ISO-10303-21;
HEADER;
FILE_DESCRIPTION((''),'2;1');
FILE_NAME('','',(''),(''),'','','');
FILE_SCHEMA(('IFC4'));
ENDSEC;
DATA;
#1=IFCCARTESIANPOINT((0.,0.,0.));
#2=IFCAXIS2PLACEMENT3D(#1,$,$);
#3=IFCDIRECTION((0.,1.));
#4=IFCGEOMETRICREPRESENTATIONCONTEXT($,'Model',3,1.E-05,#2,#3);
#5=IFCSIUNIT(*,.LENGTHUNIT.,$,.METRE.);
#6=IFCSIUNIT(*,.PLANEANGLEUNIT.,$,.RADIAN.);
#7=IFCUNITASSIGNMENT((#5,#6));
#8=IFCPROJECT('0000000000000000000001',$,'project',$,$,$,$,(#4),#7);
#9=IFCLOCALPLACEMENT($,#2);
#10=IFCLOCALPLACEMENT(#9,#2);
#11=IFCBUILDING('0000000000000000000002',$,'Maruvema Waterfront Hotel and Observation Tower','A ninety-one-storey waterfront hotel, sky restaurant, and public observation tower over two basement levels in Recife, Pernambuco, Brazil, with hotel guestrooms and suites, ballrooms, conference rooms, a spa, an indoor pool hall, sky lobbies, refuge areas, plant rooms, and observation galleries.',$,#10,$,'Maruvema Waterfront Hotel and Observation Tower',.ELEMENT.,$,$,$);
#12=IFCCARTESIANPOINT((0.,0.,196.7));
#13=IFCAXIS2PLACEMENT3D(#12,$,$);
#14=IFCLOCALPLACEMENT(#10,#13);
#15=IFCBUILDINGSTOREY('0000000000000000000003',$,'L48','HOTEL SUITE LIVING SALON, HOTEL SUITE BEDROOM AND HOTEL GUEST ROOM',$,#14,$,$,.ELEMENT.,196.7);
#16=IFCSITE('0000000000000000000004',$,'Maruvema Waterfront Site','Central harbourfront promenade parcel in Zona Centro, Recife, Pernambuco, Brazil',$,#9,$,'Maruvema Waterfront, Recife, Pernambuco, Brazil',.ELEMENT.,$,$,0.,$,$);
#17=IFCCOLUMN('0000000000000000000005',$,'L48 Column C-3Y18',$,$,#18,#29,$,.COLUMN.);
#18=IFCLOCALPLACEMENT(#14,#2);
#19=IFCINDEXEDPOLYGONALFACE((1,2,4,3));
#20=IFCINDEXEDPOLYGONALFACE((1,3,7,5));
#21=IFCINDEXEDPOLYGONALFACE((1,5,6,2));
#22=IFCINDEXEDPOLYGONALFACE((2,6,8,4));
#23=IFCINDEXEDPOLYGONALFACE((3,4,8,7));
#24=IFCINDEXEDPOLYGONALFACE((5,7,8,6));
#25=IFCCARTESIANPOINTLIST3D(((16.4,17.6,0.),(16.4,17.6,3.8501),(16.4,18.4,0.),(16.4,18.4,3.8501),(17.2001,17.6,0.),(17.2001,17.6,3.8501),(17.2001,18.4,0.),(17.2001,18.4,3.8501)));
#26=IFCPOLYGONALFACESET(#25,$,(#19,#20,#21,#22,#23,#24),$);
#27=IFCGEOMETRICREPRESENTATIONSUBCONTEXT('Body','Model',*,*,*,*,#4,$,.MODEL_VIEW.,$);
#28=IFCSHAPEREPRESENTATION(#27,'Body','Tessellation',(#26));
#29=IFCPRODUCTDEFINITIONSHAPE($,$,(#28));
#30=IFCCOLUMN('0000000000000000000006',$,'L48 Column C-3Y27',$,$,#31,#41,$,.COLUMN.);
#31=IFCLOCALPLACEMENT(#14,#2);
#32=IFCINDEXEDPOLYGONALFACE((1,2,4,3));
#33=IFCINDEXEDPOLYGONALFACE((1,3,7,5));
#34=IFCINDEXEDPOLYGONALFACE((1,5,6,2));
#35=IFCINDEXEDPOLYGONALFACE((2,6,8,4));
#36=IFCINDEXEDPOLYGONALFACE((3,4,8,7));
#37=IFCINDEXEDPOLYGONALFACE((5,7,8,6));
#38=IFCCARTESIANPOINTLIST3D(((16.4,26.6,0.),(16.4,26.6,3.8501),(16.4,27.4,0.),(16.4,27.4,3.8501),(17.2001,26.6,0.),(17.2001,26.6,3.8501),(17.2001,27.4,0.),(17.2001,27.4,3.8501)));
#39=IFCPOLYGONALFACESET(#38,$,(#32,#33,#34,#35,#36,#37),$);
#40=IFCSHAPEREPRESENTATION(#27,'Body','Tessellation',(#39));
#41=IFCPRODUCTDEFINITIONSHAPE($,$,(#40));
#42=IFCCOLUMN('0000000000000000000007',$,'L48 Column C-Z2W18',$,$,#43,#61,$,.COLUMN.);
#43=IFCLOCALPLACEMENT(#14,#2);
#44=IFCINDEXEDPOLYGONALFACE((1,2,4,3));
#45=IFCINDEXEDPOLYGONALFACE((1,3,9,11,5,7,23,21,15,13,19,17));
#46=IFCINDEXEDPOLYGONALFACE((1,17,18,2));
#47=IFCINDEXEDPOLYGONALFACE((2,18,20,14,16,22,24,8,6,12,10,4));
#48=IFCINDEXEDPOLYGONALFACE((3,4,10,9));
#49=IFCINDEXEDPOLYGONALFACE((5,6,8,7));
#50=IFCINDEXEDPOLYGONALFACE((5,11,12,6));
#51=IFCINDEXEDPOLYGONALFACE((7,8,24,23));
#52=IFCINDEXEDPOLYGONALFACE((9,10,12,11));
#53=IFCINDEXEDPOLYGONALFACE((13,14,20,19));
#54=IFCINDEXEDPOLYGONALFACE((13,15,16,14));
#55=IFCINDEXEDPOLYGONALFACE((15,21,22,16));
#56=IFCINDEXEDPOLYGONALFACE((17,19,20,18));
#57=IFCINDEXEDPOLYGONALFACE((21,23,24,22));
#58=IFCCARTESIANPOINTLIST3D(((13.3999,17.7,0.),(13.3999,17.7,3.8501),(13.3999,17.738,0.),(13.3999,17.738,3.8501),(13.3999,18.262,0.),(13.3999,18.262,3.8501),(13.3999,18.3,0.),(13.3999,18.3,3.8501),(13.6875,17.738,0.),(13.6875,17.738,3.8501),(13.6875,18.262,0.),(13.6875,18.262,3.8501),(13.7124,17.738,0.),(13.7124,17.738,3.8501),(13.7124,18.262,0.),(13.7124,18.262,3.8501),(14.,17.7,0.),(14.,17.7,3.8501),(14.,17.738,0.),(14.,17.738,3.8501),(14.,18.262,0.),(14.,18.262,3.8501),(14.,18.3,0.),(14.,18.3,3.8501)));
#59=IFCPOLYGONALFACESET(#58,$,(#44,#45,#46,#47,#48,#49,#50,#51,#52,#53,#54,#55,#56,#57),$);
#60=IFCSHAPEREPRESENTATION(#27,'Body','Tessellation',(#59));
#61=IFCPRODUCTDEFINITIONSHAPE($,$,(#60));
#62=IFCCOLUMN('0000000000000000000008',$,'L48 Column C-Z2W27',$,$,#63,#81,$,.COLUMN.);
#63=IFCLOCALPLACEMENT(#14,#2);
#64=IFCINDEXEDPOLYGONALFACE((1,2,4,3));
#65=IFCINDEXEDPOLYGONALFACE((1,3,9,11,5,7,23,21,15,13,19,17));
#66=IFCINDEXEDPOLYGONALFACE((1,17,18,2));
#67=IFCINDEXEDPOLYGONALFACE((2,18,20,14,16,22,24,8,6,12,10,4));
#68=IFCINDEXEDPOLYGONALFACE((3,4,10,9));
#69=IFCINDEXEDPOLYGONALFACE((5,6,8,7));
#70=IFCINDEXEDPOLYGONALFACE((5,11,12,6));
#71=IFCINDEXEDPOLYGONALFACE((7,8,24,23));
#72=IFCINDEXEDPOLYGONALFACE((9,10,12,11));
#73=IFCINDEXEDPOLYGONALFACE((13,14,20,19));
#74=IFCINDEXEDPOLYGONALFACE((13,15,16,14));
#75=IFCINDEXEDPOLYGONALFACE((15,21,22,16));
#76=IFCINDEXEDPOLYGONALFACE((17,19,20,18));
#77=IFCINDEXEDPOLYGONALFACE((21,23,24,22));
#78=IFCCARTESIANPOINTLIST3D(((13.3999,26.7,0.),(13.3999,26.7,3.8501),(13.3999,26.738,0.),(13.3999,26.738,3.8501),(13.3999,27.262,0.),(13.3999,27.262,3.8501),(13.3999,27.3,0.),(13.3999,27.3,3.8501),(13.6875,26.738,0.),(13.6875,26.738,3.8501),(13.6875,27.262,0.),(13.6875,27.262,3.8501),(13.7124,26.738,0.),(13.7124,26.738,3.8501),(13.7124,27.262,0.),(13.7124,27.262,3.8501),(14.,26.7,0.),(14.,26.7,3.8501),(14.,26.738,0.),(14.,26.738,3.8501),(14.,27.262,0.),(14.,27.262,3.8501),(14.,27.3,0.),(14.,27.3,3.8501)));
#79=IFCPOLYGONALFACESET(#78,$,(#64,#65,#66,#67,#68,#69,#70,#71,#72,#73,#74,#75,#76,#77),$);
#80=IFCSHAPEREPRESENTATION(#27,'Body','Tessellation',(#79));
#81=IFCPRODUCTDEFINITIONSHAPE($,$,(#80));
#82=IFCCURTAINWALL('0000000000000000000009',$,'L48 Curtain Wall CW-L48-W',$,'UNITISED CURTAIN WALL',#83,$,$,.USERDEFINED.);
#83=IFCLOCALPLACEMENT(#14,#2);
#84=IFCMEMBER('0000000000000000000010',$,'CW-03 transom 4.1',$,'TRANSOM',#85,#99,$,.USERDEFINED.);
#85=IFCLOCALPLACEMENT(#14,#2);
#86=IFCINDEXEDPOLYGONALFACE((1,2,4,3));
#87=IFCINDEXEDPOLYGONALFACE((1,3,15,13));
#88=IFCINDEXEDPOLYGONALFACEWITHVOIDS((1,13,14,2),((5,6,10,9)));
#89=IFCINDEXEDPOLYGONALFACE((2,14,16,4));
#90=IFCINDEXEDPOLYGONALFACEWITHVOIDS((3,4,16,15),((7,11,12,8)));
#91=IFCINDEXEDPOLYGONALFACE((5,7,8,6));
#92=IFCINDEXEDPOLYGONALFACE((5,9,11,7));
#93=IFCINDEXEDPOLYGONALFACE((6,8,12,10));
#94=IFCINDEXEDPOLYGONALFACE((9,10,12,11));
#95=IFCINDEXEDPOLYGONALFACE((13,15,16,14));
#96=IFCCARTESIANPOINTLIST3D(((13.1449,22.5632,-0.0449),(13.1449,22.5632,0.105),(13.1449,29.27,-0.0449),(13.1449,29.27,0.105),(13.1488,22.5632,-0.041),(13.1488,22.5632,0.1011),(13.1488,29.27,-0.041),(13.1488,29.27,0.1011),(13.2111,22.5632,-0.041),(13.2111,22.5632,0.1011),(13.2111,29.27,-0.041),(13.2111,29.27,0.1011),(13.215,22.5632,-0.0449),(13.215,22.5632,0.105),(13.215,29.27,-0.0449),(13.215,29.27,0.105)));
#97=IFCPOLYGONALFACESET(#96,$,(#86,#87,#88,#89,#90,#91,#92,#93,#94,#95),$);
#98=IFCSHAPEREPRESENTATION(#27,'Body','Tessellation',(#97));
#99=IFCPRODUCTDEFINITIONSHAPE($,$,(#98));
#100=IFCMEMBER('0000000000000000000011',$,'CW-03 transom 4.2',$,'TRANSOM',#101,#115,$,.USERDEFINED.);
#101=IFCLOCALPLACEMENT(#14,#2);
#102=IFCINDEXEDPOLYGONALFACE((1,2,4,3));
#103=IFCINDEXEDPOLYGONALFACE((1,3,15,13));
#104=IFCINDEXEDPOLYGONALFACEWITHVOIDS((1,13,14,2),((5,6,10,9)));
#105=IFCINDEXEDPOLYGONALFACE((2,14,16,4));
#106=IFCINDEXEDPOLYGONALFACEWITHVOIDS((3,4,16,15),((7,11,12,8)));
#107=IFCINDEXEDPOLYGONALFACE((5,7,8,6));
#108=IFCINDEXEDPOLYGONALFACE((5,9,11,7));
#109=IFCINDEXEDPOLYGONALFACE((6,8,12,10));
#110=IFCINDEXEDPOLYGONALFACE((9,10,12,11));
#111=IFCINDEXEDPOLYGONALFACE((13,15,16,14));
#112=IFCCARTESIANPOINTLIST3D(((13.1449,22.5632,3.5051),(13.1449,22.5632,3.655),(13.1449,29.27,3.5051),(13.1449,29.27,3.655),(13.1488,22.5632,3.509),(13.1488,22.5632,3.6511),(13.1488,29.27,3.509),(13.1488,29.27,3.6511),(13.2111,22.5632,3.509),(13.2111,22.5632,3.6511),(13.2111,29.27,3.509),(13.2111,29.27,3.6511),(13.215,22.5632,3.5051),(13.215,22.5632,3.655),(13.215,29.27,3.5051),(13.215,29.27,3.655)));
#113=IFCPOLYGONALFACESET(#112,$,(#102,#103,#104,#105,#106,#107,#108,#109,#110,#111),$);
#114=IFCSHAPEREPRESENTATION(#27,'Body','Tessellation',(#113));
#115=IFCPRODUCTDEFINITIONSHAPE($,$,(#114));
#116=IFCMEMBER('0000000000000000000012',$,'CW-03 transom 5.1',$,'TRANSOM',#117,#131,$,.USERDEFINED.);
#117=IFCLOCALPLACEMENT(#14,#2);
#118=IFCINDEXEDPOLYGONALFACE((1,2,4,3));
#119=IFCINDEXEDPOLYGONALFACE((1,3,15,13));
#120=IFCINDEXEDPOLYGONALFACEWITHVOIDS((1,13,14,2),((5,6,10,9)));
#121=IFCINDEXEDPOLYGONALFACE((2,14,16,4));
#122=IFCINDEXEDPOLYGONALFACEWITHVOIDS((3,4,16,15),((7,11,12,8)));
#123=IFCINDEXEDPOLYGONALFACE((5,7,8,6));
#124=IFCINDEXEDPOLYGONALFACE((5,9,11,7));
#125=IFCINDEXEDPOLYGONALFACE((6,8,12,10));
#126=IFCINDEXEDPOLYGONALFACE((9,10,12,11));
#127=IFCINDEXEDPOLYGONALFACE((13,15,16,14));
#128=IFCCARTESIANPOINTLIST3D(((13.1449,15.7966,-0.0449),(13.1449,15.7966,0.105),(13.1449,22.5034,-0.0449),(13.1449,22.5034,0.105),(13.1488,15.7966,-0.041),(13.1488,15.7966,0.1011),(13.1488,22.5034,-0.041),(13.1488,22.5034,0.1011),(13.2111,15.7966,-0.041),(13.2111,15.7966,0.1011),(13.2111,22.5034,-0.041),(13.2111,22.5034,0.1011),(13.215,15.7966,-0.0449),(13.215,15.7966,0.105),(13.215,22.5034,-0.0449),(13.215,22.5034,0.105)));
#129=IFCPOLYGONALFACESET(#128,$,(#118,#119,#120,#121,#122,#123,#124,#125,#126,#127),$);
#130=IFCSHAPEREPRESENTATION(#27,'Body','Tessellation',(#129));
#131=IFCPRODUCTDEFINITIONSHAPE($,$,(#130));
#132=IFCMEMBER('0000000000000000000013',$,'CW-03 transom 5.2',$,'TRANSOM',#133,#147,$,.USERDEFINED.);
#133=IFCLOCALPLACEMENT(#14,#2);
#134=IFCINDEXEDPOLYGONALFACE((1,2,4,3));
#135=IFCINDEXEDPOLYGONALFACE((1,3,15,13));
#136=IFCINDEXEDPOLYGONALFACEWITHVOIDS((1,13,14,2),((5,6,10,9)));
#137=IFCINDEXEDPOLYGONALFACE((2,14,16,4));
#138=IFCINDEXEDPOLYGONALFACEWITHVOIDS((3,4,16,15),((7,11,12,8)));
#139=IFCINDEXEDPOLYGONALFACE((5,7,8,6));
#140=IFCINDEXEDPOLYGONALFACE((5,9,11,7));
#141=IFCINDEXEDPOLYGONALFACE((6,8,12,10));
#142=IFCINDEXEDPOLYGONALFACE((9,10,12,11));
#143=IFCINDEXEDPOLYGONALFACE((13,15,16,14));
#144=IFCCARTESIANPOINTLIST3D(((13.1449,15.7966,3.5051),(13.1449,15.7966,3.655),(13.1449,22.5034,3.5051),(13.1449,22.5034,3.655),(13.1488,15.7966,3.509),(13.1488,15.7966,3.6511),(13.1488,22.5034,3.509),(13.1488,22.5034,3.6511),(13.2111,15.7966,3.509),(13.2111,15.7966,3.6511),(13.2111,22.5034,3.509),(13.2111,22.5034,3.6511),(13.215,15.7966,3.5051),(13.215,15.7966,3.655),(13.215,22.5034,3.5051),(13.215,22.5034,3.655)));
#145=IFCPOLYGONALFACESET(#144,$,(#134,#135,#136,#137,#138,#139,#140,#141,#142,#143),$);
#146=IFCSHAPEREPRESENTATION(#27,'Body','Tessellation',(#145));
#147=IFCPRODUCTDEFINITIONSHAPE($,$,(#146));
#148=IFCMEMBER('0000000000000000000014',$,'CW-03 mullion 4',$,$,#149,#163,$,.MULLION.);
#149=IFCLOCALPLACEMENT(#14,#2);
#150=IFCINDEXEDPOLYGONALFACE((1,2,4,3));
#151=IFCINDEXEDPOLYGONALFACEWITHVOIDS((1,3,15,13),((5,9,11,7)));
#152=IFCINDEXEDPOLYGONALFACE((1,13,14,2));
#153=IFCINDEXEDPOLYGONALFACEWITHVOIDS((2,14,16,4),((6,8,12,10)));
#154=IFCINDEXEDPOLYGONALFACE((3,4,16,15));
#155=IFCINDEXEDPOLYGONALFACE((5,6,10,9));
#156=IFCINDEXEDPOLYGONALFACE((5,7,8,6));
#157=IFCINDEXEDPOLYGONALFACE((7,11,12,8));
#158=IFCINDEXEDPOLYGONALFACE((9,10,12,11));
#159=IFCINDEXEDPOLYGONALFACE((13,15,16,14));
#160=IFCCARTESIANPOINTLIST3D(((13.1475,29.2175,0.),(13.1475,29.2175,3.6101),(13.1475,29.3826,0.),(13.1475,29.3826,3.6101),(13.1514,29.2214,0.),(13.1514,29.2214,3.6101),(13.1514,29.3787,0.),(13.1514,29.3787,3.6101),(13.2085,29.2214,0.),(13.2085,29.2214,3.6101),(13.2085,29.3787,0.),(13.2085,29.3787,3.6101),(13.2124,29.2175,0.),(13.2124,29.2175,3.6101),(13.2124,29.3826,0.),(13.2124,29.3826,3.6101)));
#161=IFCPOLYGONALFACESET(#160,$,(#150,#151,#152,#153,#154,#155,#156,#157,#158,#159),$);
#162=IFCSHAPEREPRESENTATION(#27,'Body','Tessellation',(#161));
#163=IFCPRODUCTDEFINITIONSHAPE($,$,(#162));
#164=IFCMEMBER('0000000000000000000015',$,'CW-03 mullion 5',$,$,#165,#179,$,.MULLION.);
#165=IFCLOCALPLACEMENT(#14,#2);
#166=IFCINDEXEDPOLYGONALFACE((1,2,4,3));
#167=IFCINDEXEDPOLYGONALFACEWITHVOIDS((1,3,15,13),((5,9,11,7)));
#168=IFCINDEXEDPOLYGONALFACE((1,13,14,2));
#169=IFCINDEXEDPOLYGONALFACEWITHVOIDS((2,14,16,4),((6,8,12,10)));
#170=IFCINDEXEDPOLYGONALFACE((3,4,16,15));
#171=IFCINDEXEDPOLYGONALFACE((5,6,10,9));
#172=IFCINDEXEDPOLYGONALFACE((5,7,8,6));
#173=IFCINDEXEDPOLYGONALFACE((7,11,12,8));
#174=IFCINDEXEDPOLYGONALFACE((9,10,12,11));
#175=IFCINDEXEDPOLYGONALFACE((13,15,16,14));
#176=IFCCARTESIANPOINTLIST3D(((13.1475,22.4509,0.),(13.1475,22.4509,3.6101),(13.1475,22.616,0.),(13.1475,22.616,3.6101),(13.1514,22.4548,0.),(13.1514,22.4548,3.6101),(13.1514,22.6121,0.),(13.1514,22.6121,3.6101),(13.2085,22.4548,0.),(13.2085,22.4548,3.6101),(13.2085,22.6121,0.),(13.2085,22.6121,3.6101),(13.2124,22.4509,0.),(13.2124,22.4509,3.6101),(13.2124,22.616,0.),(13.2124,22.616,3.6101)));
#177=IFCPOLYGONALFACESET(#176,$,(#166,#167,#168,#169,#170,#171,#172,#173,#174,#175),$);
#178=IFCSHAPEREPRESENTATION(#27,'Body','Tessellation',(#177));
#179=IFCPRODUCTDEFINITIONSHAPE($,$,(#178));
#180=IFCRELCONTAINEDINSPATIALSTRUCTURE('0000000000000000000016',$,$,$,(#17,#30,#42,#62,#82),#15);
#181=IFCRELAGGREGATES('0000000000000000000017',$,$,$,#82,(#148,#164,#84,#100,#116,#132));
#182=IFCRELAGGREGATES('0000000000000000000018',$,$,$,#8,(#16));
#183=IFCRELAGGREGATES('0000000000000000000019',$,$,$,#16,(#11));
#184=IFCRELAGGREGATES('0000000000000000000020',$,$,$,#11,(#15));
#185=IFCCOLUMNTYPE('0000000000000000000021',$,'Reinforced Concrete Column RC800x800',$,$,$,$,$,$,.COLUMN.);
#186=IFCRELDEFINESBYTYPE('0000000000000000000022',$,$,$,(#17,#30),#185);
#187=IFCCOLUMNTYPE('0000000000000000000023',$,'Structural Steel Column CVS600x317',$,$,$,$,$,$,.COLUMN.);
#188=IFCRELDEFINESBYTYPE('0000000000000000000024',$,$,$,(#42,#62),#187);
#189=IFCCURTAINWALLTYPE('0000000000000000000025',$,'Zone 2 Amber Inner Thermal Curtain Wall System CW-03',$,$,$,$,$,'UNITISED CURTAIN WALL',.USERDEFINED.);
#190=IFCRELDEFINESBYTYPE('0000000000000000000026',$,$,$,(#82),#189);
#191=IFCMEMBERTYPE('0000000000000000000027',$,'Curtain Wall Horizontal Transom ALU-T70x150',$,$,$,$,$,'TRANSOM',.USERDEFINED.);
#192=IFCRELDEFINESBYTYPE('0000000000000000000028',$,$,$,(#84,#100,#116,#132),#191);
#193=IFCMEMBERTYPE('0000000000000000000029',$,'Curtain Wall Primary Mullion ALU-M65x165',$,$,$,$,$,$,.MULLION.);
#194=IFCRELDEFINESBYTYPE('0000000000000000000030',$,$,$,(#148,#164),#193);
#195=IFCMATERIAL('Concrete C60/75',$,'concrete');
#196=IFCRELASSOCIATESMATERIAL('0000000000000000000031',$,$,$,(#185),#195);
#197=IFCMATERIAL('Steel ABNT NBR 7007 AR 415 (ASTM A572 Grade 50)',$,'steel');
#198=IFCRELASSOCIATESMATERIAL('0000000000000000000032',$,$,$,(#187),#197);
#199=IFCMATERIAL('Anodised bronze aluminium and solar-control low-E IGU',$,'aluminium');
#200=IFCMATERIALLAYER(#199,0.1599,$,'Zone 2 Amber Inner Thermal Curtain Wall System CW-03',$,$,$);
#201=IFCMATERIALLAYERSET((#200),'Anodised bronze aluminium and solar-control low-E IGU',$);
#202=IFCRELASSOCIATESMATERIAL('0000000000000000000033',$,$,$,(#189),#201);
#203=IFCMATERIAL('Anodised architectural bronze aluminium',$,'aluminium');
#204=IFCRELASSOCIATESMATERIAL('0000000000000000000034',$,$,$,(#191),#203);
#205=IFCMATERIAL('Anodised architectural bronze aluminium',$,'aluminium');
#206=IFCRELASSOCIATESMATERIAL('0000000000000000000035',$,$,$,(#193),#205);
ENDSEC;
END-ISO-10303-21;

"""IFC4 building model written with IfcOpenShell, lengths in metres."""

from ifc_helpers import new_model, si_unit, direction, frame, origin, origin_2d, place, context, subcontext, project, spatial, rectangle, hollow_rectangle, i_section, extrude, material, layer, layer_set, material_profile, profile_set, type_object, element, aggregate, save


model = new_model("IFC4")

# Units and contexts
model_context = context("Model", 3, precision=1e-05, world=origin(), true_north=direction((0.0, 1.0)))
body_context = subcontext(model_context, "Body", "Model", "MODEL_VIEW")
ifc_project = project(units=[si_unit("LENGTHUNIT", "METRE"), si_unit("PLANEANGLEUNIT", "RADIAN")], contexts=[model_context])

# Site, building, storey
site_placement = place(None, origin())
site = spatial("IfcSite", under=ifc_project, at=site_placement, Name="Maruvema Waterfront Site", Description="Central harbourfront promenade parcel in Zona Centro, Recife, Pernambuco, Brazil", LongName="Maruvema Waterfront, Recife, Pernambuco, Brazil", CompositionType="ELEMENT", RefElevation=0.0)
building_placement = place(site_placement, origin())
building = spatial("IfcBuilding", under=site, at=building_placement, Name="Maruvema Waterfront Hotel and Observation Tower", Description="A ninety-one-storey waterfront hotel, sky restaurant, and public observation tower over two basement levels in Recife, Pernambuco, Brazil, with hotel guestrooms and suites, ballrooms, conference rooms, a spa, an indoor pool hall, sky lobbies, refuge areas, plant rooms, and observation galleries.", LongName="Maruvema Waterfront Hotel and Observation Tower", CompositionType="ELEMENT")
storey_placement = place(building_placement, frame((0.0, 0.0, 196.7)))
storey = spatial("IfcBuildingStorey", under=building, at=storey_placement, Name="L48", Description="HOTEL SUITE LIVING SALON, HOTEL SUITE BEDROOM AND HOTEL GUEST ROOM", CompositionType="ELEMENT", Elevation=196.7)

# Columns
ifc_material_1 = material(Name="Concrete C60/75", Category="concrete")
ifc_material_profile_1 = material_profile(ifc_material_1, rectangle(XDim=0.8, YDim=0.8, at=origin_2d()), Name="RC800x800")
ifc_profile_set_1 = profile_set([ifc_material_profile_1], Name="Concrete C60/75")
column_type_1 = type_object("IfcColumnType", Name="Reinforced Concrete Column RC800x800", PredefinedType="COLUMN", material=ifc_profile_set_1)
for number, where, z_axis, x_axis, name in (
    (1, (16.8, 18.0, 0.0), (0.0, 0.0, 1.0), (1.0, 0.0, 0.0), "L48 Column C-3Y18"),
    (2, (16.8, 27.0, 0.0), (0.0, 0.0, 1.0), (1.0, 0.0, 0.0), "L48 Column C-3Y27"),
):
    element("IfcColumn", number, at=place(storey_placement, frame(where, z_axis=z_axis, x_axis=x_axis)), inside=storey, type_object=column_type_1, Name=name, PredefinedType="COLUMN", context=body_context, shape_type="SweptSolid", body=[
        extrude(rectangle(XDim=0.8, YDim=0.8, at=origin_2d()), origin(), (0.0, 0.0, 1.0), 3.8501),
    ])
ifc_material_2 = material(Name="Steel ABNT NBR 7007 AR 415 (ASTM A572 Grade 50)", Category="steel")
ifc_material_profile_2 = material_profile(ifc_material_2, i_section(OverallWidth=0.6001, OverallDepth=0.6001, WebThickness=0.0249, FlangeThickness=0.0381, at=origin_2d()), Name="CVS600x317")
ifc_profile_set_2 = profile_set([ifc_material_profile_2], Name="Steel ABNT NBR 7007 AR 415 (ASTM A572 Grade 50)")
column_type_2 = type_object("IfcColumnType", Name="Structural Steel Column CVS600x317", PredefinedType="COLUMN", material=ifc_profile_set_2)
for number, where, z_axis, x_axis, name in (
    (3, (13.7, 18.0, 0.0), (0.0, 0.0, 1.0), (1.0, 0.0, 0.0), "L48 Column C-Z2W18"),
    (4, (13.7, 27.0, 0.0), (0.0, 0.0, 1.0), (1.0, 0.0, 0.0), "L48 Column C-Z2W27"),
):
    element("IfcColumn", number, at=place(storey_placement, frame(where, z_axis=z_axis, x_axis=x_axis)), inside=storey, type_object=column_type_2, Name=name, PredefinedType="COLUMN", context=body_context, shape_type="SweptSolid", body=[
        extrude(i_section(OverallWidth=0.6001, OverallDepth=0.6001, WebThickness=0.0249, FlangeThickness=0.0381, at=origin_2d()), origin(), (0.0, 0.0, 1.0), 3.8501),
    ])

# Curtain wall, members
ifc_material_3 = material(Name="Anodised bronze aluminium and solar-control low-E IGU", Category="aluminium")
ifc_layer_1 = layer(ifc_material_3, 0.1599, Name="Zone 2 Amber Inner Thermal Curtain Wall System CW-03")
ifc_layer_set_1 = layer_set([ifc_layer_1], Name="Anodised bronze aluminium and solar-control low-E IGU")
curtain_wall_type = type_object("IfcCurtainWallType", Name="Zone 2 Amber Inner Thermal Curtain Wall System CW-03", ElementType="UNITISED CURTAIN WALL", PredefinedType="USERDEFINED", material=ifc_layer_set_1)
curtain_wall_placement = place(storey_placement, origin())
curtain_wall = element("IfcCurtainWall", 5, at=curtain_wall_placement, inside=storey, type_object=curtain_wall_type, Name="L48 Curtain Wall CW-L48-W", ObjectType="UNITISED CURTAIN WALL", PredefinedType="USERDEFINED")
ifc_material_4 = material(Name="Anodised architectural bronze aluminium", Category="aluminium")
ifc_material_profile_3 = material_profile(ifc_material_4, hollow_rectangle(XDim=0.0701, YDim=0.1499, WallThickness=0.0039, at=origin_2d()), Name="ALU-T70x150")
ifc_profile_set_3 = profile_set([ifc_material_profile_3], Name="Anodised architectural bronze aluminium")
member_type_1 = type_object("IfcMemberType", Name="Curtain Wall Horizontal Transom ALU-T70x150", ElementType="TRANSOM", PredefinedType="USERDEFINED", material=ifc_profile_set_3)
member_1_placement = place(storey_placement, frame((13.1799, 29.27, 0.03), z_axis=(0.0, -1.0, 0.0), x_axis=(1.0, 0.0, 0.0)))
member_1 = element("IfcMember", 6, at=member_1_placement, type_object=member_type_1, Name="CW-03 transom 4.1", ObjectType="TRANSOM", PredefinedType="USERDEFINED", context=body_context, shape_type="SweptSolid", body=[
    extrude(hollow_rectangle(XDim=0.0701, YDim=0.1499, WallThickness=0.0039, at=origin_2d()), origin(), (0.0, 0.0, 1.0), 6.7068),
])
member_2_placement = place(storey_placement, frame((13.1799, 29.27, 3.5801), z_axis=(0.0, -1.0, 0.0), x_axis=(1.0, 0.0, 0.0)))
member_2 = element("IfcMember", 7, at=member_2_placement, type_object=member_type_1, Name="CW-03 transom 4.2", ObjectType="TRANSOM", PredefinedType="USERDEFINED", context=body_context, shape_type="SweptSolid", body=[
    extrude(hollow_rectangle(XDim=0.0701, YDim=0.1499, WallThickness=0.0039, at=origin_2d()), origin(), (0.0, 0.0, 1.0), 6.7068),
])
member_3_placement = place(storey_placement, frame((13.1799, 22.5034, 0.03), z_axis=(0.0, -1.0, 0.0), x_axis=(1.0, 0.0, 0.0)))
member_3 = element("IfcMember", 8, at=member_3_placement, type_object=member_type_1, Name="CW-03 transom 5.1", ObjectType="TRANSOM", PredefinedType="USERDEFINED", context=body_context, shape_type="SweptSolid", body=[
    extrude(hollow_rectangle(XDim=0.0701, YDim=0.1499, WallThickness=0.0039, at=origin_2d()), origin(), (0.0, 0.0, 1.0), 6.7068),
])
member_4_placement = place(storey_placement, frame((13.1799, 22.5034, 3.5801), z_axis=(0.0, -1.0, 0.0), x_axis=(1.0, 0.0, 0.0)))
member_4 = element("IfcMember", 9, at=member_4_placement, type_object=member_type_1, Name="CW-03 transom 5.2", ObjectType="TRANSOM", PredefinedType="USERDEFINED", context=body_context, shape_type="SweptSolid", body=[
    extrude(hollow_rectangle(XDim=0.0701, YDim=0.1499, WallThickness=0.0039, at=origin_2d()), origin(), (0.0, 0.0, 1.0), 6.7068),
])
ifc_material_5 = material(Name="Anodised architectural bronze aluminium", Category="aluminium")
ifc_material_profile_4 = material_profile(ifc_material_5, hollow_rectangle(XDim=0.0649, YDim=0.165, WallThickness=0.0039, at=origin_2d()), Name="ALU-M65x165")
ifc_profile_set_4 = profile_set([ifc_material_profile_4], Name="Anodised architectural bronze aluminium")
member_type_2 = type_object("IfcMemberType", Name="Curtain Wall Primary Mullion ALU-M65x165", PredefinedType="MULLION", material=ifc_profile_set_4)
member_5_placement = place(storey_placement, frame((13.1799, 29.3, 0.0), z_axis=(0.0, 0.0, 1.0), x_axis=(1.0, 0.0, 0.0)))
member_5 = element("IfcMember", 10, at=member_5_placement, type_object=member_type_2, Name="CW-03 mullion 4", PredefinedType="MULLION", context=body_context, shape_type="SweptSolid", body=[
    extrude(hollow_rectangle(XDim=0.0649, YDim=0.165, WallThickness=0.0039, at=origin_2d()), origin(), (0.0, 0.0, 1.0), 3.6101),
])
member_6_placement = place(storey_placement, frame((13.1799, 22.5334, 0.0), z_axis=(0.0, 0.0, 1.0), x_axis=(1.0, 0.0, 0.0)))
member_6 = element("IfcMember", 11, at=member_6_placement, type_object=member_type_2, Name="CW-03 mullion 5", PredefinedType="MULLION", context=body_context, shape_type="SweptSolid", body=[
    extrude(hollow_rectangle(XDim=0.0649, YDim=0.165, WallThickness=0.0039, at=origin_2d()), origin(), (0.0, 0.0, 1.0), 3.6101),
])

aggregate(curtain_wall, [member_5, member_6, member_1, member_2, member_3, member_4])

save(model, "model.ifc")
